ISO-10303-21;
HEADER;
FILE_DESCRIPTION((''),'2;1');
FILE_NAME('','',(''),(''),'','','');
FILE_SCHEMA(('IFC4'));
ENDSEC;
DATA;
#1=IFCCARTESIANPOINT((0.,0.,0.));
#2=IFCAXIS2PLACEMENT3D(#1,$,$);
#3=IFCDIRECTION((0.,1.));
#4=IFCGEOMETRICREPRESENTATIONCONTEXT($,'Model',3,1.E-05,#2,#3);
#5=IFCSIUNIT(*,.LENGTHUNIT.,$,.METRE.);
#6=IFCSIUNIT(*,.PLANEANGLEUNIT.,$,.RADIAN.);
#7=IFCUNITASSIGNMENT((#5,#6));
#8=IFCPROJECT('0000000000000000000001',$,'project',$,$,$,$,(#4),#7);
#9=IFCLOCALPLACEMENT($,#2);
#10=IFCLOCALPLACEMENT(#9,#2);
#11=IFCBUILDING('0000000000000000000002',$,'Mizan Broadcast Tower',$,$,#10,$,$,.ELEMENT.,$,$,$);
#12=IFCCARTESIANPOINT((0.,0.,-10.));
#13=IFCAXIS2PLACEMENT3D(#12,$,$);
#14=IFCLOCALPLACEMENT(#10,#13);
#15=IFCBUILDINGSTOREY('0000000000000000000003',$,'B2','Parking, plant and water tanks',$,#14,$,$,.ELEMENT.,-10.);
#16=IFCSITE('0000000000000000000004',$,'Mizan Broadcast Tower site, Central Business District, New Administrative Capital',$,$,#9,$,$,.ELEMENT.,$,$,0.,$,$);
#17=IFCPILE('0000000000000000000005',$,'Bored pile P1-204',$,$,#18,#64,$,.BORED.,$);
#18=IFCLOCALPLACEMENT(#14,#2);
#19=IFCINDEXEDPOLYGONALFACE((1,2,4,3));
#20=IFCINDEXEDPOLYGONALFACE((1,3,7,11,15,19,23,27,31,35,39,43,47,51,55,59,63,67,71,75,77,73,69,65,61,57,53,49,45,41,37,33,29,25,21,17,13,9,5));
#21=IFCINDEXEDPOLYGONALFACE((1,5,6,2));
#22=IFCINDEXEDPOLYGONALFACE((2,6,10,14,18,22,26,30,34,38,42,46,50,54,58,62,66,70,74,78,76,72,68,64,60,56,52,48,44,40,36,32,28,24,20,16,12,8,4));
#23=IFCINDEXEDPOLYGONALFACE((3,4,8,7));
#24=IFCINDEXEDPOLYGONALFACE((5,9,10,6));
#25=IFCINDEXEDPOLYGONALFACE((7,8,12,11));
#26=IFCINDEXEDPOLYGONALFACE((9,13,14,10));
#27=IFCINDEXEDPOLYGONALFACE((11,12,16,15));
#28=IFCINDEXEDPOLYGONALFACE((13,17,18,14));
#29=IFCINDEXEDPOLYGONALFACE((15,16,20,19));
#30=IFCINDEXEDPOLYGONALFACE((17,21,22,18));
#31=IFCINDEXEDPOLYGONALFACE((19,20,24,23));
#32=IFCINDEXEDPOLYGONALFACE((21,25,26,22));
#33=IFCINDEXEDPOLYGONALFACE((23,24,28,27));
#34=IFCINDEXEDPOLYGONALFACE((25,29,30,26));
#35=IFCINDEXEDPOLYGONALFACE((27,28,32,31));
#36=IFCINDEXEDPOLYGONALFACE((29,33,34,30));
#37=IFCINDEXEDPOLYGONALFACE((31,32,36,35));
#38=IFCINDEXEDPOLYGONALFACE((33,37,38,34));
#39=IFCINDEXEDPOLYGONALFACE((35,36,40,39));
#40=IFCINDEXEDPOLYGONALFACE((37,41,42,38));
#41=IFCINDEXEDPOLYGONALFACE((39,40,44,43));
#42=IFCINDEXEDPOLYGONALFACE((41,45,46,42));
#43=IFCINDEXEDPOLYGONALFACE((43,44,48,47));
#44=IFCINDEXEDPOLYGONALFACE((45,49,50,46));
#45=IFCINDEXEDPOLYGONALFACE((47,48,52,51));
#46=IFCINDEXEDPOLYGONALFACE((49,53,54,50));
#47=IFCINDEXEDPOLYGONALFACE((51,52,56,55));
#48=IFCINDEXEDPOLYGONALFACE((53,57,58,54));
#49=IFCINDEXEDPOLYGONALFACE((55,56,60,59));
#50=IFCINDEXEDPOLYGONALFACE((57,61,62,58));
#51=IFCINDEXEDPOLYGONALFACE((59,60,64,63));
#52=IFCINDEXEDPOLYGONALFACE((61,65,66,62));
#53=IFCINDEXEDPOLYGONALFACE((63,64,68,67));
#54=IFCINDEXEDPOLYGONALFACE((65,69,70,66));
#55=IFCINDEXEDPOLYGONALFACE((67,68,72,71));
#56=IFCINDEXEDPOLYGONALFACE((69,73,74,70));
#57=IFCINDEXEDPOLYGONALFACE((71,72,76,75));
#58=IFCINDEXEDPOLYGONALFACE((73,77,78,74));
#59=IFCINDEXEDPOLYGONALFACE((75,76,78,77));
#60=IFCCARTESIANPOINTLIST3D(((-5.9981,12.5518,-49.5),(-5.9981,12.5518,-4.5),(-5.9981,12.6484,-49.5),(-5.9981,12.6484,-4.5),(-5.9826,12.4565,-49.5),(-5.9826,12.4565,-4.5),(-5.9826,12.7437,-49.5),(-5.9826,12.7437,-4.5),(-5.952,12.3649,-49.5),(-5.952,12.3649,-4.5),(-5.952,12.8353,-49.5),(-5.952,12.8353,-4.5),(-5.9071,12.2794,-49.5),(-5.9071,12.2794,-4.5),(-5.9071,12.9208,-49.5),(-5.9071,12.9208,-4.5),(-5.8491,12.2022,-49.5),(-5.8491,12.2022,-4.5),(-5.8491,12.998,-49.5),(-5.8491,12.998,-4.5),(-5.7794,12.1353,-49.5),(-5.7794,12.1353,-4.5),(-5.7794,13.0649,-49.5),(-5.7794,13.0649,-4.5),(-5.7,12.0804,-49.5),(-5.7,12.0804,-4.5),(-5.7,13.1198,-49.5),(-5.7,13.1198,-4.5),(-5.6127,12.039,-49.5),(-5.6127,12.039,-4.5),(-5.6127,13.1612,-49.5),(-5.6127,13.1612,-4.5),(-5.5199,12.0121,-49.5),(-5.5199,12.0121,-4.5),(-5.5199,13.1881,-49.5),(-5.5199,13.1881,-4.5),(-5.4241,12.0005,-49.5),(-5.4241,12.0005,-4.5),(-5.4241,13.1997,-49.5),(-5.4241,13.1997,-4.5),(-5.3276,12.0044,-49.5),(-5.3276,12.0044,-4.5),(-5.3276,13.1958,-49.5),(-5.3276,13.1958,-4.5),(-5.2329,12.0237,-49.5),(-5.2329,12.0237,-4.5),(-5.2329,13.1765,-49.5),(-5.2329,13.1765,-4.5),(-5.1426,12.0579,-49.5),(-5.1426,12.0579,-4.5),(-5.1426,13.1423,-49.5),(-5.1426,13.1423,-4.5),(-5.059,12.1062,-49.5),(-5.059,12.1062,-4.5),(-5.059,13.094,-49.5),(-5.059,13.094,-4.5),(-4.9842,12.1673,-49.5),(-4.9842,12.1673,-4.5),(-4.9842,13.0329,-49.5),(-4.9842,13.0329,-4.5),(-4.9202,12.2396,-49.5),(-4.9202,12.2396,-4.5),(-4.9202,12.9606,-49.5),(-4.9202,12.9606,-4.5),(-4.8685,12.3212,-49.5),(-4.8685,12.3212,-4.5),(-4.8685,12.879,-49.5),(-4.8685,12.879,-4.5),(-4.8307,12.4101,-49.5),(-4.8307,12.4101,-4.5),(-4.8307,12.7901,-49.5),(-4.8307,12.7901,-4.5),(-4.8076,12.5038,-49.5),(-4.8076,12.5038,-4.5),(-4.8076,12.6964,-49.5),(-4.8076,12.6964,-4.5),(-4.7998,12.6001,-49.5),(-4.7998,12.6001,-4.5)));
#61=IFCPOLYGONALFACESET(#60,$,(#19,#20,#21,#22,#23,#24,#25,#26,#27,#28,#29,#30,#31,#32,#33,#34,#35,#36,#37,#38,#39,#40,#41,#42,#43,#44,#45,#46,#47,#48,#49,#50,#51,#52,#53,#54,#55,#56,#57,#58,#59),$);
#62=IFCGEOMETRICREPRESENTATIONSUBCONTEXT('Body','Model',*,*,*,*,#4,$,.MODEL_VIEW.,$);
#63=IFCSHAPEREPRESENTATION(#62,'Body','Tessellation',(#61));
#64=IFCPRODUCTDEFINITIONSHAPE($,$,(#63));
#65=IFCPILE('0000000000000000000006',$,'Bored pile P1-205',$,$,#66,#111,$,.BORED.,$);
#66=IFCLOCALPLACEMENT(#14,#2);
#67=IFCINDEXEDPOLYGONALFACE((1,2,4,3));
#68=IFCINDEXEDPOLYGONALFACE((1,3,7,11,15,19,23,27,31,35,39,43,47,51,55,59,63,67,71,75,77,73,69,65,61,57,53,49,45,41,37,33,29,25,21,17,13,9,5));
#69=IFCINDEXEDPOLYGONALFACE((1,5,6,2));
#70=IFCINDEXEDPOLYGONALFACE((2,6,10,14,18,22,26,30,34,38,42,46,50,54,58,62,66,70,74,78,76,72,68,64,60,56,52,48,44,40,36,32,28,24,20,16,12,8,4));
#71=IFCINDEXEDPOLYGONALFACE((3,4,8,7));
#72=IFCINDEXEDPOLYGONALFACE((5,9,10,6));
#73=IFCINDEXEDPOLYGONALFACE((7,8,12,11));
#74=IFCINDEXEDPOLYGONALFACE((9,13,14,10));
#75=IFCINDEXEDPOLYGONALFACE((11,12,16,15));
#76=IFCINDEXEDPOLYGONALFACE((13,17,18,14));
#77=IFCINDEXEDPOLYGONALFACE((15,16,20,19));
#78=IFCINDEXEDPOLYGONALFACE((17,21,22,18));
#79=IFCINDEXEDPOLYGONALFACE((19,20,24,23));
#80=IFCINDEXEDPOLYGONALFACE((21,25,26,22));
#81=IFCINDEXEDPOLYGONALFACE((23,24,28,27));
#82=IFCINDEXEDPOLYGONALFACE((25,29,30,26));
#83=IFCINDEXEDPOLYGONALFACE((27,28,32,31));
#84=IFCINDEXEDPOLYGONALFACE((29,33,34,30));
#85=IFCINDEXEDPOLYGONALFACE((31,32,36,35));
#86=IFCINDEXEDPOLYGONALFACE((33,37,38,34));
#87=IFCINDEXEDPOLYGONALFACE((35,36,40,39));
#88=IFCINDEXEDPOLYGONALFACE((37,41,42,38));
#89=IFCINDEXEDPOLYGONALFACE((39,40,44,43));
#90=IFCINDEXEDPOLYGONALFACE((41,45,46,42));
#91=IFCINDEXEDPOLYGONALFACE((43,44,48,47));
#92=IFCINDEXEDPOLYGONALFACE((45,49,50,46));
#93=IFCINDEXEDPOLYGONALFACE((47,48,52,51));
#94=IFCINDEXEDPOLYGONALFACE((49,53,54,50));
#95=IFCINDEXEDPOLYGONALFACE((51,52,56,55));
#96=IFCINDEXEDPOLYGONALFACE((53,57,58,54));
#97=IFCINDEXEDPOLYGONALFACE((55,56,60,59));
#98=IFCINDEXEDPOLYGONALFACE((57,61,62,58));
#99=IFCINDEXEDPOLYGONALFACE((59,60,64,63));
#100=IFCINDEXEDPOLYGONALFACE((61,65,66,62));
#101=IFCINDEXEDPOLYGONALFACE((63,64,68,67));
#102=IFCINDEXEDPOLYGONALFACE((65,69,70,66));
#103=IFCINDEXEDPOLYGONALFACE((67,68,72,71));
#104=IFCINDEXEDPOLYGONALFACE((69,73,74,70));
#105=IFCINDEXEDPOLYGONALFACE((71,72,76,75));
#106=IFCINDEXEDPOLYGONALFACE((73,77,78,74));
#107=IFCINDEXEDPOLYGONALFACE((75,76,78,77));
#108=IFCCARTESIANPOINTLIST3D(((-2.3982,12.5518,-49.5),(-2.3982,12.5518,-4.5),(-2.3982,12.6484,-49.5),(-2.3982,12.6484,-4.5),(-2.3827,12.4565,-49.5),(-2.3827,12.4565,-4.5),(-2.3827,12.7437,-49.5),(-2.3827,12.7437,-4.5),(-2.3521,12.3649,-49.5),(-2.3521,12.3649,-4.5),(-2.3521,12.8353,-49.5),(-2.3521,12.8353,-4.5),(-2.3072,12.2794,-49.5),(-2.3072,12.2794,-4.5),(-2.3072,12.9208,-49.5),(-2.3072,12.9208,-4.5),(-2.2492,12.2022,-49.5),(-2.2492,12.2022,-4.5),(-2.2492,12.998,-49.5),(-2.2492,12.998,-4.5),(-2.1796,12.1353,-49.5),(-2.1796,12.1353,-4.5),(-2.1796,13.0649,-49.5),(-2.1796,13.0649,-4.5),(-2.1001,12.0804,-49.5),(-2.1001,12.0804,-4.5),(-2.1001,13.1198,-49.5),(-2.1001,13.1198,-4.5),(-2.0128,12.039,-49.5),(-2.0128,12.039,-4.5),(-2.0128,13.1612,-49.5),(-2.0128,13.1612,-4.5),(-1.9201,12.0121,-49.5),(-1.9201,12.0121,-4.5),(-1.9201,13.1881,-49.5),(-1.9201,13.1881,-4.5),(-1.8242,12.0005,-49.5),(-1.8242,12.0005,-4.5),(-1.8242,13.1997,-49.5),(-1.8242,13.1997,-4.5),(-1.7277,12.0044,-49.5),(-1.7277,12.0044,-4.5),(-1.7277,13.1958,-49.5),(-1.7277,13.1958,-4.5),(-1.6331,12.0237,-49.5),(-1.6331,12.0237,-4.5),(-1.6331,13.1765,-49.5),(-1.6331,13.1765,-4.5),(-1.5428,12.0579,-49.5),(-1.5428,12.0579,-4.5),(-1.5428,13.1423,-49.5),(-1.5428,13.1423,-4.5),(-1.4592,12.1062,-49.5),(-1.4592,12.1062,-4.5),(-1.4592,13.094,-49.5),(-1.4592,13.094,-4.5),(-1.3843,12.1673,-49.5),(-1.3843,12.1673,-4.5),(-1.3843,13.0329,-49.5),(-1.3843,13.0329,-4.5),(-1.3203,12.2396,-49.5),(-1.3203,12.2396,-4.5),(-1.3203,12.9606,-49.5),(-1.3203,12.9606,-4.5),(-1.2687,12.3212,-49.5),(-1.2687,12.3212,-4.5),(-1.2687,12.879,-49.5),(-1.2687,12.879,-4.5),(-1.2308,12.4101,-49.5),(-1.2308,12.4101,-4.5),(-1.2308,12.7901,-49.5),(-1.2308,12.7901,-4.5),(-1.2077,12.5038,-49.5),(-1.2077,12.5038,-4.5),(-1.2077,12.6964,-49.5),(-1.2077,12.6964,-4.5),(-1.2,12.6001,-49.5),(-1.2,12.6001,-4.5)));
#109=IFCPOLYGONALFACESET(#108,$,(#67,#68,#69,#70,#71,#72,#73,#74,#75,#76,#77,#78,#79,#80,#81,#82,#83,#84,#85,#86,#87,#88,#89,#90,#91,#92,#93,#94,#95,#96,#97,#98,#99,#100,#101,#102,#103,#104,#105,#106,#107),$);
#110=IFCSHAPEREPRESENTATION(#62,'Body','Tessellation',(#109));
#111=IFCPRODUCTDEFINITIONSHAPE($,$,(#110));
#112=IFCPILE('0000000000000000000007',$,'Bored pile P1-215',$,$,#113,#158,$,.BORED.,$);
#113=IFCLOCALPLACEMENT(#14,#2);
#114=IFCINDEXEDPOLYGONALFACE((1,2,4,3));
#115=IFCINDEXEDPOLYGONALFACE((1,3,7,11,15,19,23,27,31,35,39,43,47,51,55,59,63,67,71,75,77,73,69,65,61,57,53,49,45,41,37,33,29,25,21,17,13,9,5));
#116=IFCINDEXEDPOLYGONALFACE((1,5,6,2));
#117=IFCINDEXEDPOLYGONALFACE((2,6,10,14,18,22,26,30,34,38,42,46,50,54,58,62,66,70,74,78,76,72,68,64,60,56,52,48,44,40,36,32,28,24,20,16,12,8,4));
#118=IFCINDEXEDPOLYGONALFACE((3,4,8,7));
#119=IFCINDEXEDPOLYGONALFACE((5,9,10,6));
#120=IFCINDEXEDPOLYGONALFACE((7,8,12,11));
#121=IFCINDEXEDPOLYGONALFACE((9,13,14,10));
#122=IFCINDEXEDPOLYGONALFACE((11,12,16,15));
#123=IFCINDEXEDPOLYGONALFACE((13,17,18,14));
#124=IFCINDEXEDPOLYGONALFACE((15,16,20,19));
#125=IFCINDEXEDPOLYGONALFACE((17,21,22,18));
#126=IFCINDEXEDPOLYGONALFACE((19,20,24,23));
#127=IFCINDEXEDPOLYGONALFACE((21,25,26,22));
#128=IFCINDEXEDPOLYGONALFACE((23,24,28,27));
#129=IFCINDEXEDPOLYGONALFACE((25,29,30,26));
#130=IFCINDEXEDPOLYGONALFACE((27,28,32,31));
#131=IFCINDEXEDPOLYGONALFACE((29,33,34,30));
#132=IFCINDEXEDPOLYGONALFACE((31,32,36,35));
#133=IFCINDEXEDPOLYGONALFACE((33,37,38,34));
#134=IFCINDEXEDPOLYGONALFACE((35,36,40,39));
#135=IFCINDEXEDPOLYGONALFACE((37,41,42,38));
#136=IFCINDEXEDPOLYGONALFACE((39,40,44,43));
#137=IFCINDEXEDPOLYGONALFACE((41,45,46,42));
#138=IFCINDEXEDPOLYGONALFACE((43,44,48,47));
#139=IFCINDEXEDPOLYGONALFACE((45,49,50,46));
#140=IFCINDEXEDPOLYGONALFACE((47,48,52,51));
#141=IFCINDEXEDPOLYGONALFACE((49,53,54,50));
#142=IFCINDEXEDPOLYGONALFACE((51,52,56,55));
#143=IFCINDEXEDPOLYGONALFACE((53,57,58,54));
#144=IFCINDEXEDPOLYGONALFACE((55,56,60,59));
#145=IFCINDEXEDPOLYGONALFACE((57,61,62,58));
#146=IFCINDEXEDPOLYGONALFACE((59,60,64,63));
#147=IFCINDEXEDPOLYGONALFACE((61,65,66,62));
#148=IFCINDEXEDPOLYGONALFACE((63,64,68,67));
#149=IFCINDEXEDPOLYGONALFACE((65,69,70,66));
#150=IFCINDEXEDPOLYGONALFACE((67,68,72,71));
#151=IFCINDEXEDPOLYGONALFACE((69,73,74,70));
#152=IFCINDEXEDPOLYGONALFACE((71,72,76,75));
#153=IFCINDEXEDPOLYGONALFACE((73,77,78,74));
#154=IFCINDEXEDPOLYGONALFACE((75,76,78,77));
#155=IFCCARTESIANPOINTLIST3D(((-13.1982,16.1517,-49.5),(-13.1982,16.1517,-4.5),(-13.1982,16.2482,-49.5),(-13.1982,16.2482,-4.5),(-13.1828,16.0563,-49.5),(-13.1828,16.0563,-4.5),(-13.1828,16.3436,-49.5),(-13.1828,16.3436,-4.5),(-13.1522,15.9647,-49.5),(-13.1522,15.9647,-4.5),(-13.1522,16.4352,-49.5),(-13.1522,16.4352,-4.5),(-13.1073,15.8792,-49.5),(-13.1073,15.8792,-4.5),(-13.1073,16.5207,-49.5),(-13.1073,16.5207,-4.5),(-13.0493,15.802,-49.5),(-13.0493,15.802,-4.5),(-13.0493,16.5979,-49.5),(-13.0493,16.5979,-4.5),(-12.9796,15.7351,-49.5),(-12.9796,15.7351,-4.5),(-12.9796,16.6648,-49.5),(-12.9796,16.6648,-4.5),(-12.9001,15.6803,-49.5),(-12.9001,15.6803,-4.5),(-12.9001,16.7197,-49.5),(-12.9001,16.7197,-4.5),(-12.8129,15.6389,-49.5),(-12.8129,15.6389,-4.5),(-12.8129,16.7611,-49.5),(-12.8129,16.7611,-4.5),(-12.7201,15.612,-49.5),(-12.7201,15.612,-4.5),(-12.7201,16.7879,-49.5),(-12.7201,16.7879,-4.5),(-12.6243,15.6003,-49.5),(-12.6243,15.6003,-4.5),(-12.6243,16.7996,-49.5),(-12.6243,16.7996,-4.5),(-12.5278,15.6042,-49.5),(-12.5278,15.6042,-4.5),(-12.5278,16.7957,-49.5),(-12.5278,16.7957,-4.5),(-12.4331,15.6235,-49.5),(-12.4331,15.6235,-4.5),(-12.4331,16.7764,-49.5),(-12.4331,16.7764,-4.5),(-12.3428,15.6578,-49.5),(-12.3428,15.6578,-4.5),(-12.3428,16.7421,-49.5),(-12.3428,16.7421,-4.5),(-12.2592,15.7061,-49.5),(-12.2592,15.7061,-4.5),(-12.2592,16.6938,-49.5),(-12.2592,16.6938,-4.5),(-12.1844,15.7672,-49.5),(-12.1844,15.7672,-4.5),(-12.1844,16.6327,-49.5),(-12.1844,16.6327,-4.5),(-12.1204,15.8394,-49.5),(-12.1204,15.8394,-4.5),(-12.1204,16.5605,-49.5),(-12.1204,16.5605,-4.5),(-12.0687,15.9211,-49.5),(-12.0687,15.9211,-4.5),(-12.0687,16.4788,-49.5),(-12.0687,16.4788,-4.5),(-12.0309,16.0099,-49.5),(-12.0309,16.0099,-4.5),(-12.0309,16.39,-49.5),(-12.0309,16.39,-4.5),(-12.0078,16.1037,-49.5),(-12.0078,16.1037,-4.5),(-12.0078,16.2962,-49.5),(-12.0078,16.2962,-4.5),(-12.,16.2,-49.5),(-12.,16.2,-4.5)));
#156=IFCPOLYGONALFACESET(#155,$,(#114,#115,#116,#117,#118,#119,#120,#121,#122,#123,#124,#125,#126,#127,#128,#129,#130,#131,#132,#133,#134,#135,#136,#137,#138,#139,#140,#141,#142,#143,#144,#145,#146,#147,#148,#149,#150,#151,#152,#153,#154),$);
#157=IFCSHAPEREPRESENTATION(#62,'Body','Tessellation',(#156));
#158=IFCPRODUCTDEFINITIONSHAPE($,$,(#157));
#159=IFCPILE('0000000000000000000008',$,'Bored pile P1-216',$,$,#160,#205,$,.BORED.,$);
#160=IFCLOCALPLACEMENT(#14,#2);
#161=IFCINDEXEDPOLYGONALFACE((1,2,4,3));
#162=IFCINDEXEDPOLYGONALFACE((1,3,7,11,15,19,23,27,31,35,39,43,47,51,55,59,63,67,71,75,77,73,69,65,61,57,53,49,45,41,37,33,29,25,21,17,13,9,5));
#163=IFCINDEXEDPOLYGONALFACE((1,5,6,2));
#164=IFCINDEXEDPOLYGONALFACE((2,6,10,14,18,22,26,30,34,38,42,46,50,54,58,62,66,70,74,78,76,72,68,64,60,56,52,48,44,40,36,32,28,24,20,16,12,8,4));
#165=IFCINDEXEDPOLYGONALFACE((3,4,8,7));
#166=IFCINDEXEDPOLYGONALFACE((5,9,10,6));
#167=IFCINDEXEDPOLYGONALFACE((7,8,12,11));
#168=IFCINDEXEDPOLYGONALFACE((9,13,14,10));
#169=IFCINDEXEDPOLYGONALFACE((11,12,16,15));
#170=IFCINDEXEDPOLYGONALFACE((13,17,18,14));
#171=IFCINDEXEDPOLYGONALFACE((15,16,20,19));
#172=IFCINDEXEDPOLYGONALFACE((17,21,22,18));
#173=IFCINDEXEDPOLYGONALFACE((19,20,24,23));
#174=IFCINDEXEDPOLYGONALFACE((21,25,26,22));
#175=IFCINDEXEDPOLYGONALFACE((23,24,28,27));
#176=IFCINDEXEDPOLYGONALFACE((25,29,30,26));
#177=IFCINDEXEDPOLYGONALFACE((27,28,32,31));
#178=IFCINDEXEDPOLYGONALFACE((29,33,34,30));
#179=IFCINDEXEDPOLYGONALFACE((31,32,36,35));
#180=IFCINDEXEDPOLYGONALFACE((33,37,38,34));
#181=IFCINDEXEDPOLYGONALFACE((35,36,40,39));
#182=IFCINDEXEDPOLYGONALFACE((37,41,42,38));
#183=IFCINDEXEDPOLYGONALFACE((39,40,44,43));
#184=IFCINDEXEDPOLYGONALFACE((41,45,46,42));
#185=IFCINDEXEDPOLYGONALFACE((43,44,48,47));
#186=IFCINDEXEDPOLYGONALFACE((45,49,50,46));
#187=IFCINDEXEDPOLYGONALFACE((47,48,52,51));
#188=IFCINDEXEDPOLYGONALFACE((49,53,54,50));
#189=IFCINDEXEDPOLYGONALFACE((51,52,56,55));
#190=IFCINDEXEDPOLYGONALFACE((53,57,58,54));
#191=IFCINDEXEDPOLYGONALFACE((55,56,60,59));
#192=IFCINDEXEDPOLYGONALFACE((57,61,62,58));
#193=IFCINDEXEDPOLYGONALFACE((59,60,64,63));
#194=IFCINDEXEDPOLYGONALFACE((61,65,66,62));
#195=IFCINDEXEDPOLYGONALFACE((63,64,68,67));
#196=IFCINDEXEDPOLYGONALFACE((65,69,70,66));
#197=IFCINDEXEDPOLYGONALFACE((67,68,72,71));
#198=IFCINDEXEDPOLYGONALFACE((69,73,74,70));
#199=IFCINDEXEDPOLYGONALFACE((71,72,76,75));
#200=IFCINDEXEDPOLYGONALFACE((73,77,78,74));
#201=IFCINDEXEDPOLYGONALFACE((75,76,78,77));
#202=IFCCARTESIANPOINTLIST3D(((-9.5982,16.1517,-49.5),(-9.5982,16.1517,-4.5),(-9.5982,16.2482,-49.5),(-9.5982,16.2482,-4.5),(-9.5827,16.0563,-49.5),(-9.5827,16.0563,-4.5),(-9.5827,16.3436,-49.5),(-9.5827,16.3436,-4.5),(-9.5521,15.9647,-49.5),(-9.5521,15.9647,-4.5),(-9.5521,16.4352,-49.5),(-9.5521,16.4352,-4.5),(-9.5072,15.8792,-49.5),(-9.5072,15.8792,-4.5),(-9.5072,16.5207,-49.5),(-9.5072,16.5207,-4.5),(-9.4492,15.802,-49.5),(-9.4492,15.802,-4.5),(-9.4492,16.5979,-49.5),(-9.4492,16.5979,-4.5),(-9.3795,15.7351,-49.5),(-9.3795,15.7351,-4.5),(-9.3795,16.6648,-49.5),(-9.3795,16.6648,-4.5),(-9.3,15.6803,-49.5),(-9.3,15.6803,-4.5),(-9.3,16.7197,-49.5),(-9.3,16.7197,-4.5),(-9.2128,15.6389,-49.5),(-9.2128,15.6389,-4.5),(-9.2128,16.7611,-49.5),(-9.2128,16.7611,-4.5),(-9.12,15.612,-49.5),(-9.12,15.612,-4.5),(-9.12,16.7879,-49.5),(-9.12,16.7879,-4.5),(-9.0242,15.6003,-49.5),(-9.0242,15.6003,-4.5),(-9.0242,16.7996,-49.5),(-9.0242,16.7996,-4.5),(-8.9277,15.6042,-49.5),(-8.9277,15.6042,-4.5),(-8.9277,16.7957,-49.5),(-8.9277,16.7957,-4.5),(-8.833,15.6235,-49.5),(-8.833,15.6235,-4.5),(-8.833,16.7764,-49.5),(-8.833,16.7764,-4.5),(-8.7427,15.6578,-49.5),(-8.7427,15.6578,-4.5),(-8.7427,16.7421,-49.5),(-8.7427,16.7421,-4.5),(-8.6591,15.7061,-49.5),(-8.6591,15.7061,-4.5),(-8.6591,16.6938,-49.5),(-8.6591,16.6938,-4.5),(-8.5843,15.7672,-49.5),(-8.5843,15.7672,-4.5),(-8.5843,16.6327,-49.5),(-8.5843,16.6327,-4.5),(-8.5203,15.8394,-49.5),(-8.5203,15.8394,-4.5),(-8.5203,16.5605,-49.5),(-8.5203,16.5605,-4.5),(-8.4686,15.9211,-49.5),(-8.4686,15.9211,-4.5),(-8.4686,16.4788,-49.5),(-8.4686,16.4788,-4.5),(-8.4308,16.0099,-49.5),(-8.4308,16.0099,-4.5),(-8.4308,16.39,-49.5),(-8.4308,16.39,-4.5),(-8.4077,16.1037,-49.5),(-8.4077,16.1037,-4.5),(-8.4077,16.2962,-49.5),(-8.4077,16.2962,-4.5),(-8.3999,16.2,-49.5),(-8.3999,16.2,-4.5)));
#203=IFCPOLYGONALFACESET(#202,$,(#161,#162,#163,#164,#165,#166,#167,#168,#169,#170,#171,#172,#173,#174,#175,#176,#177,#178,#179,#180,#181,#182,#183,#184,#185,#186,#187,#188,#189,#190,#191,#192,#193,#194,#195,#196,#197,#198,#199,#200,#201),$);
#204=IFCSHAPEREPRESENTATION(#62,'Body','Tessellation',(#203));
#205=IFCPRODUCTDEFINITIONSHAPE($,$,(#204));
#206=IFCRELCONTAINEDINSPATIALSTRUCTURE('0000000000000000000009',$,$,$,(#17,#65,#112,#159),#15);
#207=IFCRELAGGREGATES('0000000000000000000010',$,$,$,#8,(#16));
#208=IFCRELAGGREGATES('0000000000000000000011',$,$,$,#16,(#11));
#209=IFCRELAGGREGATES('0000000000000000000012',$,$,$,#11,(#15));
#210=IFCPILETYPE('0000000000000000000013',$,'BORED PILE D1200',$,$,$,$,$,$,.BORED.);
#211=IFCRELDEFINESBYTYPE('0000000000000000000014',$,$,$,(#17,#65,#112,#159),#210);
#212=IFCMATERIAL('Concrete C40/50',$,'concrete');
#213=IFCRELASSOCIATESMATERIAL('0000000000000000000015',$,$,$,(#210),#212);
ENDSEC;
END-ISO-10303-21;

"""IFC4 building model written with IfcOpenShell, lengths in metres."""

from ifc_helpers import new_model, si_unit, direction, frame, origin, origin_2d, place, context, subcontext, project, spatial, circle, extrude, material, material_profile, profile_set, type_object, element, save


model = new_model("IFC4")

# Units and contexts
model_context = context("Model", 3, precision=1e-05, world=origin(), true_north=direction((0.0, 1.0)))
body_context = subcontext(model_context, "Body", "Model", "MODEL_VIEW")
ifc_project = project(units=[si_unit("LENGTHUNIT", "METRE"), si_unit("PLANEANGLEUNIT", "RADIAN")], contexts=[model_context])

# Site, building, storey
site_placement = place(None, origin())
site = spatial("IfcSite", under=ifc_project, at=site_placement, Name="Mizan Broadcast Tower site, Central Business District, New Administrative Capital", CompositionType="ELEMENT", RefElevation=0.0)
building_placement = place(site_placement, origin())
building = spatial("IfcBuilding", under=site, at=building_placement, Name="Mizan Broadcast Tower", CompositionType="ELEMENT")
storey_placement = place(building_placement, frame((0.0, 0.0, -10.0)))
storey = spatial("IfcBuildingStorey", under=building, at=storey_placement, Name="B2", Description="Parking, plant and water tanks", CompositionType="ELEMENT", Elevation=-10.0)

# Piles
ifc_material_1 = material(Name="Concrete C40/50", Category="concrete")
ifc_material_profile_1 = material_profile(ifc_material_1, circle(Radius=0.6001, at=origin_2d()), Name="D1200")
ifc_profile_set_1 = profile_set([ifc_material_profile_1], Name="Concrete C40/50")
pile_type_1 = type_object("IfcPileType", Name="BORED PILE D1200", PredefinedType="BORED", material=ifc_profile_set_1)
for number, where, z_axis, x_axis, name in (
    (1, (-5.3999, 12.6001, -4.5), (0.0, 0.0, -1.0), (1.0, 0.0, 0.0), "Bored pile P1-204"),
    (2, (-1.8, 12.6001, -4.5), (0.0, 0.0, -1.0), (1.0, 0.0, 0.0), "Bored pile P1-205"),
    (3, (-12.6001, 16.2, -4.5), (0.0, 0.0, -1.0), (1.0, 0.0, 0.0), "Bored pile P1-215"),
    (4, (-9.0, 16.2, -4.5), (0.0, 0.0, -1.0), (1.0, 0.0, 0.0), "Bored pile P1-216"),
):
    element("IfcPile", number, at=place(storey_placement, frame(where, z_axis=z_axis, x_axis=x_axis)), inside=storey, type_object=pile_type_1, Name=name, PredefinedType="BORED", context=body_context, shape_type="SweptSolid", body=[
        extrude(circle(Radius=0.6001, at=origin_2d()), origin(), (0.0, 0.0, 1.0), 45.0),
    ])

save(model, "model.ifc")
